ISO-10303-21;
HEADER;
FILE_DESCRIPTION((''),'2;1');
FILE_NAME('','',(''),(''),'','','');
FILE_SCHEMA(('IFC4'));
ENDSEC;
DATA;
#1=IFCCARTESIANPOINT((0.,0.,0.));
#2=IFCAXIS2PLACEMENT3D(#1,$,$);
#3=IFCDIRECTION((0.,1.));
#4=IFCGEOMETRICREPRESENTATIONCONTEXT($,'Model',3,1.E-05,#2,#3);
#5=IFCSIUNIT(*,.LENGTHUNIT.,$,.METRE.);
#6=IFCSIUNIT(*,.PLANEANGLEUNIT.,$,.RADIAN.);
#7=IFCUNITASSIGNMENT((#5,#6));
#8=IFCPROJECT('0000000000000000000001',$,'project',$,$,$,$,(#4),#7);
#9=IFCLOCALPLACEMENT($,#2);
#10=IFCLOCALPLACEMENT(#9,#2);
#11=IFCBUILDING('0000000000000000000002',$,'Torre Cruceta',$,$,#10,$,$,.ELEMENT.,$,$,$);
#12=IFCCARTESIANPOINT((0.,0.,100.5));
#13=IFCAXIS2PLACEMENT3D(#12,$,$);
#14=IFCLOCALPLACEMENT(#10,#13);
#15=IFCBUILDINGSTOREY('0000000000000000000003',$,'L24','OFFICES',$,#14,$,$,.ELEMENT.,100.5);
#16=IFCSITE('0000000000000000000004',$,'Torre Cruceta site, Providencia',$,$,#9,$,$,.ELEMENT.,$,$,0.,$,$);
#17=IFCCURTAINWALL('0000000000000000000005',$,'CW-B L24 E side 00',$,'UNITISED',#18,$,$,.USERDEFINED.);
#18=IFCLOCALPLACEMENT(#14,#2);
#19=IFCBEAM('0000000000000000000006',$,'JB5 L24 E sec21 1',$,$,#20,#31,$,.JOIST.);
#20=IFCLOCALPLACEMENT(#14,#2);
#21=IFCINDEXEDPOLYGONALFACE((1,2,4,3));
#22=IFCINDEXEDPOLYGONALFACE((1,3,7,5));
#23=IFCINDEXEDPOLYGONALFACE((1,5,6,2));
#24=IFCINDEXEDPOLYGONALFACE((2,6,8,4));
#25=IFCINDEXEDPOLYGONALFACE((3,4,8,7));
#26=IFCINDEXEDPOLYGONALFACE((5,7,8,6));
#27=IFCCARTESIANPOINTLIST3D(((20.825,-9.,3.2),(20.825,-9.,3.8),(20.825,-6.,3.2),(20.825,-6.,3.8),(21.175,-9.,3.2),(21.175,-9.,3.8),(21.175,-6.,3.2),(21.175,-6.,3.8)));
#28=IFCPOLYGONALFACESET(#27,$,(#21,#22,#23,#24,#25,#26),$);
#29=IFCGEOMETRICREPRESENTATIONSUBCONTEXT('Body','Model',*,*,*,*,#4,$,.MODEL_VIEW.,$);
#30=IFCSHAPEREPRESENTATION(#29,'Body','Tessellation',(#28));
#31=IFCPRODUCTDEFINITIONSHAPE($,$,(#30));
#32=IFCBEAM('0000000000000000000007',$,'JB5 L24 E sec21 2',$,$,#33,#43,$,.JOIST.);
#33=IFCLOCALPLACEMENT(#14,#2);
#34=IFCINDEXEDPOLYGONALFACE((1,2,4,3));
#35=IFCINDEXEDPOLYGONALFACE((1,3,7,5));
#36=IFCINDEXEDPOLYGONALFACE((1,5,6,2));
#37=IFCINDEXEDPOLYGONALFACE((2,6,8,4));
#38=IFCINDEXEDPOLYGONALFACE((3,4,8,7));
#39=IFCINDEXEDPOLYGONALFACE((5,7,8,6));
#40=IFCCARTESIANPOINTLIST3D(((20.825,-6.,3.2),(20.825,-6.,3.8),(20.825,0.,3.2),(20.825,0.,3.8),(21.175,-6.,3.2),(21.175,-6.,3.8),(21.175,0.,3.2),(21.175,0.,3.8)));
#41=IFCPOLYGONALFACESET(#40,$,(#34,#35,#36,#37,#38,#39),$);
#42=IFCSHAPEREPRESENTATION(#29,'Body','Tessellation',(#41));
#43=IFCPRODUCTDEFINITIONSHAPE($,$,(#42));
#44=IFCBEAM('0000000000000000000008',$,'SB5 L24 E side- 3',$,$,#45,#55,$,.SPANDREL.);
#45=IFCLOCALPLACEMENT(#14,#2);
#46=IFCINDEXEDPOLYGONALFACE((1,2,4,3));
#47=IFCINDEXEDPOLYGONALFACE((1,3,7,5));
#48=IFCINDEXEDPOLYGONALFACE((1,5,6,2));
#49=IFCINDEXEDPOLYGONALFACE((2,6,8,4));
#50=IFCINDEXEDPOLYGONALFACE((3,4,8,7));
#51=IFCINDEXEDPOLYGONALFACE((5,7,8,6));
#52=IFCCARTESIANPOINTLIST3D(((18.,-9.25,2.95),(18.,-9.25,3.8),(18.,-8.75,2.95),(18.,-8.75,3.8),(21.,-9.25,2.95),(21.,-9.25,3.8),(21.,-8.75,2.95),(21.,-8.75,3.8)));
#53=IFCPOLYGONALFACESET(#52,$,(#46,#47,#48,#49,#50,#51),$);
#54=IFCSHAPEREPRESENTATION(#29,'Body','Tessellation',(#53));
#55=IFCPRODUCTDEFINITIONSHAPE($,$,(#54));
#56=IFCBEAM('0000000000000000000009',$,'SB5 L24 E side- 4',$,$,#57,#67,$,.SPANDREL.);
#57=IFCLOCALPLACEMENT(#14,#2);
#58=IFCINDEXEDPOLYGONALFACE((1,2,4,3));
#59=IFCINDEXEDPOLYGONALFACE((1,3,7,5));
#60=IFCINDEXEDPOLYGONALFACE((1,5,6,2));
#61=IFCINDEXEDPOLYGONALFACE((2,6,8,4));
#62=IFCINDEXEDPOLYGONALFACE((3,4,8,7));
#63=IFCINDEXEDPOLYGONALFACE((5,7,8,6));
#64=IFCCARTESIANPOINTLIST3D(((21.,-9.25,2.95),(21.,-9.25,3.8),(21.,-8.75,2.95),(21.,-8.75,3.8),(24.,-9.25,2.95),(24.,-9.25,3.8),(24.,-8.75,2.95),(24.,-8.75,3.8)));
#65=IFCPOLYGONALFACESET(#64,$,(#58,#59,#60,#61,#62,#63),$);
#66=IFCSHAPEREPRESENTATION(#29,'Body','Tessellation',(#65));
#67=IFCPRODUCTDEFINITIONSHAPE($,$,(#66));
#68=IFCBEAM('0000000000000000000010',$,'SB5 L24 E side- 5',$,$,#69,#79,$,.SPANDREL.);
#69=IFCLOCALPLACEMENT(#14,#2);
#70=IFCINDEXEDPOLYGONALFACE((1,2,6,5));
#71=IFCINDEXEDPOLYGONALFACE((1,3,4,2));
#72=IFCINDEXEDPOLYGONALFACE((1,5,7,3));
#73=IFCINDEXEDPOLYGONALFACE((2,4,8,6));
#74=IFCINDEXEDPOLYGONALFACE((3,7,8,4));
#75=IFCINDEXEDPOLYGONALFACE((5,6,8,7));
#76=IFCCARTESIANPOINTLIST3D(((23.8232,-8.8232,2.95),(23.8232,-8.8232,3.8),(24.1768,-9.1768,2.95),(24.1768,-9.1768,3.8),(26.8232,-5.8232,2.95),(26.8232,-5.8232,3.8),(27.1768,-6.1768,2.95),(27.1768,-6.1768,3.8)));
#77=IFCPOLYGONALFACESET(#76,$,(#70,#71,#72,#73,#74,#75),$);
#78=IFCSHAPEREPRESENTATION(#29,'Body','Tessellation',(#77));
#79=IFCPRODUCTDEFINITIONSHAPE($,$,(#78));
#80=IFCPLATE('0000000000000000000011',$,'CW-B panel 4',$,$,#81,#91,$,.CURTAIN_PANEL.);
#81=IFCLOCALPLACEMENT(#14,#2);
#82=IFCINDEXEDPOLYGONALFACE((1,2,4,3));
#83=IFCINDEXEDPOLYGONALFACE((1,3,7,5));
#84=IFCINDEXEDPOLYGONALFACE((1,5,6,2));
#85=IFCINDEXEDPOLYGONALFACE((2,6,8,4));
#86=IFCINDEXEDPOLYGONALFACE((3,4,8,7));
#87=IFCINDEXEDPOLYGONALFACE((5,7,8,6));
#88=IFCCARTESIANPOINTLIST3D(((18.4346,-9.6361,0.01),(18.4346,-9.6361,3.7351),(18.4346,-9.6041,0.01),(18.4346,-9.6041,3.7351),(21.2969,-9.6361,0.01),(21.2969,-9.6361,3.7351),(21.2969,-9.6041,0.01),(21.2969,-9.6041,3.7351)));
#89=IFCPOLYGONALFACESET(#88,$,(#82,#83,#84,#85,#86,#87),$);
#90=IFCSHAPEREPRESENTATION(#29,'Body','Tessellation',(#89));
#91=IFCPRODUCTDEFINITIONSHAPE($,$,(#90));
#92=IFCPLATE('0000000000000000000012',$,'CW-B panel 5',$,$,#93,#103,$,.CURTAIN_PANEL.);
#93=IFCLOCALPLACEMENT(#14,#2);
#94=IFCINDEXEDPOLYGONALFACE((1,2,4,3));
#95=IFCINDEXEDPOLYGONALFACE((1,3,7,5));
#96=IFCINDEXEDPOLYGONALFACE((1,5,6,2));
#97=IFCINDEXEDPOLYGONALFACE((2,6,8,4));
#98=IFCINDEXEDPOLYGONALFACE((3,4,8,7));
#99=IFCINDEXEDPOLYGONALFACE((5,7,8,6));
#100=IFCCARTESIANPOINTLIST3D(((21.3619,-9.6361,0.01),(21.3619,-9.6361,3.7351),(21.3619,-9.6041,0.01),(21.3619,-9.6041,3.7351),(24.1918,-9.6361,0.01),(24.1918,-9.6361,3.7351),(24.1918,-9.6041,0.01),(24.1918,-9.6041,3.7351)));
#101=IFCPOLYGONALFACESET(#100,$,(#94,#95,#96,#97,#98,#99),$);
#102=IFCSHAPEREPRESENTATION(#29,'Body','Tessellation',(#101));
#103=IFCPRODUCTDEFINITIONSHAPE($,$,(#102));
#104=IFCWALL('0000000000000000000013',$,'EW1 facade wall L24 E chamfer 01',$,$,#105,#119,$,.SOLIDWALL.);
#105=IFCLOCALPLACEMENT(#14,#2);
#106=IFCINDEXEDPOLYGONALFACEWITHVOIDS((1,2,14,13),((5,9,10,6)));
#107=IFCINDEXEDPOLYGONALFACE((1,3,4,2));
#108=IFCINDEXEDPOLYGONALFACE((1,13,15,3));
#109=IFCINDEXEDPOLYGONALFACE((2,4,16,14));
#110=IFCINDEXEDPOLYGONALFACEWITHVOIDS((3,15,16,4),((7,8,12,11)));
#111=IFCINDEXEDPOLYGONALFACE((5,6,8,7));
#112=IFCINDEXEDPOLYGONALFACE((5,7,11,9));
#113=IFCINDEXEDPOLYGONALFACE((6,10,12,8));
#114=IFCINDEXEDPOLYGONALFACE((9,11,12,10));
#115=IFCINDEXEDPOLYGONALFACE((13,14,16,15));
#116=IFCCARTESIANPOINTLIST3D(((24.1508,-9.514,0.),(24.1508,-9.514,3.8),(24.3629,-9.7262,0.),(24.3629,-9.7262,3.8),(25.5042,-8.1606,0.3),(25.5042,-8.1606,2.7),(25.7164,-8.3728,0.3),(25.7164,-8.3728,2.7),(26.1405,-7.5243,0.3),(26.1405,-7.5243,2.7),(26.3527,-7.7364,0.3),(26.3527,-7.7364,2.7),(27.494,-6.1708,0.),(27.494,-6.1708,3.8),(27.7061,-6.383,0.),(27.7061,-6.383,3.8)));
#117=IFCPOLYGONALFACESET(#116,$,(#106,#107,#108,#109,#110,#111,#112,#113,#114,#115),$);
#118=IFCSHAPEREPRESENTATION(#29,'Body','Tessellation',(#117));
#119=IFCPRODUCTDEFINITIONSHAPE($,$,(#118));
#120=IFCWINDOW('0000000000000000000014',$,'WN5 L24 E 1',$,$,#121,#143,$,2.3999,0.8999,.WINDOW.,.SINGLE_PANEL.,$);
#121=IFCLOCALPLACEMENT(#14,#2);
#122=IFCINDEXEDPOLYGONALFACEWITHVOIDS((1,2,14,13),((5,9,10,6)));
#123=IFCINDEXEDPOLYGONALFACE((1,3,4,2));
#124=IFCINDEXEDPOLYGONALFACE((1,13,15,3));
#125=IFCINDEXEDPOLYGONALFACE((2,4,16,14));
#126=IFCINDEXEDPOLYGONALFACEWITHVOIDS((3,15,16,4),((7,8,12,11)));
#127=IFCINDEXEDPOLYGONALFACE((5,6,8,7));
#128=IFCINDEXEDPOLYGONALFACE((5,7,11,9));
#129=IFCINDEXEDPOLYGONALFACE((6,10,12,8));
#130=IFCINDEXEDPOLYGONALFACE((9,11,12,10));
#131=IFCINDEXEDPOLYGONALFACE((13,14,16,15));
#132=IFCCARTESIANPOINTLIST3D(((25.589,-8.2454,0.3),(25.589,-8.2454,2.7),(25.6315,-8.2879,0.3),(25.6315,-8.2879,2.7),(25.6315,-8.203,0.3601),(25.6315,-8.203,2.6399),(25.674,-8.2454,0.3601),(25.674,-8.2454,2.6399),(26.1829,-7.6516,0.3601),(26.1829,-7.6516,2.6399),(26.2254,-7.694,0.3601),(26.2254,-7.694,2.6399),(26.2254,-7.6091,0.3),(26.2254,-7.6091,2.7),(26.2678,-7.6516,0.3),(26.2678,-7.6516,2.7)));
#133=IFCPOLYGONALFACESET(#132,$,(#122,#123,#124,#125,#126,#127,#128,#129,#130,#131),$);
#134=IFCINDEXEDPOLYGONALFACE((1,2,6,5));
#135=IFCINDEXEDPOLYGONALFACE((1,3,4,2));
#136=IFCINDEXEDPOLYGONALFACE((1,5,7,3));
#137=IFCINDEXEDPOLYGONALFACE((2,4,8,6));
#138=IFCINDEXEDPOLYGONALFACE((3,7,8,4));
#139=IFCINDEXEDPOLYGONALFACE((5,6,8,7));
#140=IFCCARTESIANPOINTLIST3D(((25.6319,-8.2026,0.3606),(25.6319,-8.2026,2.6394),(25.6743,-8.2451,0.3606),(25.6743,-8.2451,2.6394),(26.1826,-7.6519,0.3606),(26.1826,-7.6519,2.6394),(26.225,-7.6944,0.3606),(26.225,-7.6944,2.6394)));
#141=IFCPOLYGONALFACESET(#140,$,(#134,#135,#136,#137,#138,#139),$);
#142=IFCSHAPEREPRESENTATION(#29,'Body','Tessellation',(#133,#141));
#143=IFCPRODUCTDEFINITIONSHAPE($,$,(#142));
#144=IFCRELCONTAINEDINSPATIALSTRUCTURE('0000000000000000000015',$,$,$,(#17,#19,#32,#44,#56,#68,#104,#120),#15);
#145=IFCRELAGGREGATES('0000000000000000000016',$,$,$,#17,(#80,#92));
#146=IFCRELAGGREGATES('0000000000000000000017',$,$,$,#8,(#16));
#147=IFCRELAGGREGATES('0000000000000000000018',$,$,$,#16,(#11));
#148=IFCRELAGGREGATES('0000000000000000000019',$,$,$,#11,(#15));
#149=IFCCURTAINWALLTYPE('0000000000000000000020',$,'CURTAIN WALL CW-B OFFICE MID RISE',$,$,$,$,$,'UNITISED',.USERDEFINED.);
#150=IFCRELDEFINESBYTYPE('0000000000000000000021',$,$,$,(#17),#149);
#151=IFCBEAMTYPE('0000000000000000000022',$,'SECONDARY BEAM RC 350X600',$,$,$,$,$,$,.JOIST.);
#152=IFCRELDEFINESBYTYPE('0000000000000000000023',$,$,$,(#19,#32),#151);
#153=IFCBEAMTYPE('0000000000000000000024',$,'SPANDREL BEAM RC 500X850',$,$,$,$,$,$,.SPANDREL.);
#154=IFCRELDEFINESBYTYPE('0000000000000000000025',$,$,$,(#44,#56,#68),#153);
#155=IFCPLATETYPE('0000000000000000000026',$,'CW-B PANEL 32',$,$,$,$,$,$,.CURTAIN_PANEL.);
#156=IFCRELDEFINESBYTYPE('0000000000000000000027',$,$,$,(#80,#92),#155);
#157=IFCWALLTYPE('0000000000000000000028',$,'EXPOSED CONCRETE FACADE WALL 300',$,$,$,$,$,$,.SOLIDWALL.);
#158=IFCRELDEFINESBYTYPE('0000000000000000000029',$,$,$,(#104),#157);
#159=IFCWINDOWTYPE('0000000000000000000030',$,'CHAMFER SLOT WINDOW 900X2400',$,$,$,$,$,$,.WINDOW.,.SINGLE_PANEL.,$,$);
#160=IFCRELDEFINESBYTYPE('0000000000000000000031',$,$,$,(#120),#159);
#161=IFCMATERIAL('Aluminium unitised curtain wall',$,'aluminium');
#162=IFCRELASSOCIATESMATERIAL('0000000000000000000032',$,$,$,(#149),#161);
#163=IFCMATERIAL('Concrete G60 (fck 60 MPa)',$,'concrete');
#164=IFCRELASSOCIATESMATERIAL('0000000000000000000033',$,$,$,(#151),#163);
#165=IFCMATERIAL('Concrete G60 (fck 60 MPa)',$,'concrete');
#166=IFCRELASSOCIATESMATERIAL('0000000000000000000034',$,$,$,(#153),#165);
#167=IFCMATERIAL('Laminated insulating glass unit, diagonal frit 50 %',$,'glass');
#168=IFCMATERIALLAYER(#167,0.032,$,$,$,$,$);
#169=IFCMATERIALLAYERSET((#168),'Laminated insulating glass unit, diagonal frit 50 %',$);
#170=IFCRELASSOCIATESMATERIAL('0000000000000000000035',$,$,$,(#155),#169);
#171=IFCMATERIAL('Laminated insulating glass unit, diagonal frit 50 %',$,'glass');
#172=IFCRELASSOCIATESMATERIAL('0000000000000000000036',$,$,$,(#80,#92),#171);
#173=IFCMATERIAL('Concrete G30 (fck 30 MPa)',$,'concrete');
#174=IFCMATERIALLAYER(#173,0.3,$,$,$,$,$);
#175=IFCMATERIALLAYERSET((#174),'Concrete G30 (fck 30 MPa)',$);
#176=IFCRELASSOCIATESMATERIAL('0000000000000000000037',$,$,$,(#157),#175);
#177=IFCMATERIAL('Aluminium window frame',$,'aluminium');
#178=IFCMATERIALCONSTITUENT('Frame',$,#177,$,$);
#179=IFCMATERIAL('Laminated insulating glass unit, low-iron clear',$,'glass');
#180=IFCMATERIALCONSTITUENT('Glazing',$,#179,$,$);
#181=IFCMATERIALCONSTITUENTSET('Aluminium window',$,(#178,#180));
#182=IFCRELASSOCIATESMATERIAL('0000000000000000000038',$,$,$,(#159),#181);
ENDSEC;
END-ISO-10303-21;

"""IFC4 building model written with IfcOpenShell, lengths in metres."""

from ifc_helpers import new_model, si_unit, direction, frame, frame_2d, origin, origin_2d, place, context, subcontext, project, spatial, rectangle, hollow_rectangle, extrude, material, layer, layer_set, constituent, constituent_set, material_profile, profile_set, type_object, element, fill, aggregate, save


model = new_model("IFC4")

# Units and contexts
model_context = context("Model", 3, precision=1e-05, world=origin(), true_north=direction((0.0, 1.0)))
body_context = subcontext(model_context, "Body", "Model", "MODEL_VIEW")
ifc_project = project(units=[si_unit("LENGTHUNIT", "METRE"), si_unit("PLANEANGLEUNIT", "RADIAN")], contexts=[model_context])

# Site, building, storey
site_placement = place(None, origin())
site = spatial("IfcSite", under=ifc_project, at=site_placement, Name="Torre Cruceta site, Providencia", CompositionType="ELEMENT", RefElevation=0.0)
building_placement = place(site_placement, origin())
building = spatial("IfcBuilding", under=site, at=building_placement, Name="Torre Cruceta", CompositionType="ELEMENT")
storey_placement = place(building_placement, frame((0.0, 0.0, 100.5)))
storey = spatial("IfcBuildingStorey", under=building, at=storey_placement, Name="L24", Description="OFFICES", CompositionType="ELEMENT", Elevation=100.5)

# Curtain wall
ifc_material_1 = material(Name="Aluminium unitised curtain wall", Category="aluminium")
curtain_wall_type = type_object("IfcCurtainWallType", Name="CURTAIN WALL CW-B OFFICE MID RISE", ElementType="UNITISED", PredefinedType="USERDEFINED", material=ifc_material_1)
curtain_wall_placement = place(storey_placement, origin())
curtain_wall = element("IfcCurtainWall", 1, at=curtain_wall_placement, inside=storey, type_object=curtain_wall_type, Name="CW-B L24 E side 00", ObjectType="UNITISED", PredefinedType="USERDEFINED")

# Beams
ifc_material_2 = material(Name="Concrete G60 (fck 60 MPa)", Category="concrete")
ifc_material_profile_1 = material_profile(ifc_material_2, rectangle(XDim=0.3501, YDim=0.6001, at=origin_2d()), Name="RC 350X600")
ifc_profile_set_1 = profile_set([ifc_material_profile_1], Name="Concrete G60 (fck 60 MPa)")
beam_type_1 = type_object("IfcBeamType", Name="SECONDARY BEAM RC 350X600", PredefinedType="JOIST", material=ifc_profile_set_1)
beam_1_placement = place(storey_placement, frame((21.0, -9.0, 3.5), z_axis=(0.0, 1.0, 0.0), x_axis=(-1.0, 0.0, 0.0)))
element("IfcBeam", 2, at=beam_1_placement, inside=storey, type_object=beam_type_1, Name="JB5 L24 E sec21 1", PredefinedType="JOIST", context=body_context, shape_type="SweptSolid", body=[
    extrude(rectangle(XDim=0.3501, YDim=0.6001, at=origin_2d()), origin(), (0.0, 0.0, 1.0), 3.0),
])
beam_2_placement = place(storey_placement, frame((21.0, -6.0, 3.5), z_axis=(0.0, 1.0, 0.0), x_axis=(-1.0, 0.0, 0.0)))
element("IfcBeam", 3, at=beam_2_placement, inside=storey, type_object=beam_type_1, Name="JB5 L24 E sec21 2", PredefinedType="JOIST", context=body_context, shape_type="SweptSolid", body=[
    extrude(rectangle(XDim=0.3501, YDim=0.6001, at=origin_2d()), origin(), (0.0, 0.0, 1.0), 6.0),
])
ifc_material_3 = material(Name="Concrete G60 (fck 60 MPa)", Category="concrete")
ifc_material_profile_2 = material_profile(ifc_material_3, rectangle(XDim=0.5, YDim=0.8501, at=origin_2d()), Name="RC 500X850")
ifc_profile_set_2 = profile_set([ifc_material_profile_2], Name="Concrete G60 (fck 60 MPa)")
beam_type_2 = type_object("IfcBeamType", Name="SPANDREL BEAM RC 500X850", PredefinedType="SPANDREL", material=ifc_profile_set_2)
for number, where, z_axis, x_axis, name in (
    (4, (18.0, -9.0, 3.375), (1.0, 0.0, 0.0), (0.0, 1.0, 0.0), "SB5 L24 E side- 3"),
    (5, (21.0, -9.0, 3.375), (1.0, 0.0, 0.0), (0.0, 1.0, 0.0), "SB5 L24 E side- 4"),
):
    element("IfcBeam", number, at=place(storey_placement, frame(where, z_axis=z_axis, x_axis=x_axis)), inside=storey, type_object=beam_type_2, Name=name, PredefinedType="SPANDREL", context=body_context, shape_type="SweptSolid", body=[
        extrude(rectangle(XDim=0.5, YDim=0.8501, at=origin_2d()), origin(), (0.0, 0.0, 1.0), 3.0),
    ])
beam_3_placement = place(storey_placement, frame((24.0, -9.0, 3.375), z_axis=(0.707107, 0.707107, 0.0), x_axis=(-0.707107, 0.707107, 0.0)))
element("IfcBeam", 6, at=beam_3_placement, inside=storey, type_object=beam_type_2, Name="SB5 L24 E side- 5", PredefinedType="SPANDREL", context=body_context, shape_type="SweptSolid", body=[
    extrude(rectangle(XDim=0.5, YDim=0.8501, at=origin_2d()), origin(), (0.0, 0.0, 1.0), 4.2427),
])

# Plates
ifc_material_4 = material(Name="Laminated insulating glass unit, diagonal frit 50 %", Category="glass")
ifc_material_5 = material(Name="Laminated insulating glass unit, diagonal frit 50 %", Category="glass")
ifc_layer_1 = layer(ifc_material_5, 0.032)
ifc_layer_set_1 = layer_set([ifc_layer_1], Name="Laminated insulating glass unit, diagonal frit 50 %")
plate_type = type_object("IfcPlateType", Name="CW-B PANEL 32", PredefinedType="CURTAIN_PANEL", material=ifc_layer_set_1)
plate_1_placement = place(storey_placement, frame((19.8657, -9.6201, 0.01), z_axis=(0.0, 0.0, 1.0), x_axis=(1.0, 0.0, 0.0)))
plate_1 = element("IfcPlate", 7, at=plate_1_placement, type_object=plate_type, material=ifc_material_4, Name="CW-B panel 4", PredefinedType="CURTAIN_PANEL", context=body_context, shape_type="SweptSolid", body=[
    extrude(rectangle(XDim=2.8623, YDim=0.032, at=origin_2d()), origin(), (0.0, 0.0, 1.0), 3.7251),
])
plate_2_placement = place(storey_placement, frame((22.7769, -9.6201, 0.01), z_axis=(0.0, 0.0, 1.0), x_axis=(1.0, 0.0, 0.0)))
plate_2 = element("IfcPlate", 8, at=plate_2_placement, type_object=plate_type, material=ifc_material_4, Name="CW-B panel 5", PredefinedType="CURTAIN_PANEL", context=body_context, shape_type="SweptSolid", body=[
    extrude(rectangle(XDim=2.8298, YDim=0.032, at=origin_2d()), origin(), (0.0, 0.0, 1.0), 3.7251),
])
aggregate(curtain_wall, [plate_1, plate_2])

# Wall, opening, window
ifc_material_6 = material(Name="Concrete G30 (fck 30 MPa)", Category="concrete")
ifc_layer_2 = layer(ifc_material_6, 0.3)
ifc_layer_set_2 = layer_set([ifc_layer_2], Name="Concrete G30 (fck 30 MPa)")
wall_type_1 = type_object("IfcWallType", Name="EXPOSED CONCRETE FACADE WALL 300", PredefinedType="SOLIDWALL", material=ifc_layer_set_2)
wall_1_placement = place(storey_placement, frame((24.2568, -9.6201, 0.0), z_axis=(0.0, 0.0, 1.0), x_axis=(0.707107, 0.707107, 0.0)))
wall_1 = element("IfcWall", 9, at=wall_1_placement, inside=storey, type_object=wall_type_1, Name="EW1 facade wall L24 E chamfer 01", PredefinedType="SOLIDWALL", context=body_context, shape_type="SweptSolid", body=[
    extrude(rectangle(XDim=4.728, YDim=0.3, at=frame_2d((2.364, 0.0))), origin(), (0.0, 0.0, 1.0), 3.8),
])
opening_1_placement = place(wall_1_placement, frame((1.9141, 0.0, 0.3)))
opening_1 = element("IfcOpeningElement", 10, at=opening_1_placement, cuts=wall_1, PredefinedType="OPENING", context=body_context, shape_type="SweptSolid", body=[
    extrude(rectangle(XDim=0.8999, YDim=2.3999, at=frame_2d((0.45, 1.2))), frame((0.0, 0.1599, 0.0), z_axis=(0.0, -1.0, 0.0), x_axis=(1.0, 0.0, 0.0)), (0.0, 0.0, 1.0), 0.3201),
])
ifc_material_7 = material(Name="Aluminium window frame", Category="aluminium")
ifc_constituent_1 = constituent(ifc_material_7, Name="Frame")
ifc_material_8 = material(Name="Laminated insulating glass unit, low-iron clear", Category="glass")
ifc_constituent_2 = constituent(ifc_material_8, Name="Glazing")
ifc_constituent_set_1 = constituent_set(constituents=[ifc_constituent_1, ifc_constituent_2], Name="Aluminium window")
window_type_1 = type_object("IfcWindowType", Name="CHAMFER SLOT WINDOW 900X2400", PartitioningType="SINGLE_PANEL", PredefinedType="WINDOW", material=ifc_constituent_set_1)
window_1_placement = place(opening_1_placement, origin())
window_1 = element("IfcWindow", 11, at=window_1_placement, inside=storey, type_object=window_type_1, Name="WN5 L24 E 1", OverallHeight=2.3999, OverallWidth=0.8999, PartitioningType="SINGLE_PANEL", PredefinedType="WINDOW", context=body_context, shape_type="SweptSolid", body=[
    extrude(hollow_rectangle(XDim=0.8999, YDim=2.3999, WallThickness=0.0601, at=frame_2d((0.45, 1.2))), frame((0.0, 0.03, 0.0), z_axis=(0.0, -1.0, 0.0), x_axis=(1.0, 0.0, 0.0)), (0.0, 0.0, 1.0), 0.0601),
    extrude(rectangle(XDim=0.7788, YDim=2.2788, at=frame_2d((0.45, 1.2))), frame((0.0, 0.03, 0.0), z_axis=(0.0, -1.0, 0.0), x_axis=(1.0, 0.0, 0.0)), (0.0, 0.0, 1.0), 0.0601),
])
fill(opening_1, window_1)

save(model, "model.ifc")
